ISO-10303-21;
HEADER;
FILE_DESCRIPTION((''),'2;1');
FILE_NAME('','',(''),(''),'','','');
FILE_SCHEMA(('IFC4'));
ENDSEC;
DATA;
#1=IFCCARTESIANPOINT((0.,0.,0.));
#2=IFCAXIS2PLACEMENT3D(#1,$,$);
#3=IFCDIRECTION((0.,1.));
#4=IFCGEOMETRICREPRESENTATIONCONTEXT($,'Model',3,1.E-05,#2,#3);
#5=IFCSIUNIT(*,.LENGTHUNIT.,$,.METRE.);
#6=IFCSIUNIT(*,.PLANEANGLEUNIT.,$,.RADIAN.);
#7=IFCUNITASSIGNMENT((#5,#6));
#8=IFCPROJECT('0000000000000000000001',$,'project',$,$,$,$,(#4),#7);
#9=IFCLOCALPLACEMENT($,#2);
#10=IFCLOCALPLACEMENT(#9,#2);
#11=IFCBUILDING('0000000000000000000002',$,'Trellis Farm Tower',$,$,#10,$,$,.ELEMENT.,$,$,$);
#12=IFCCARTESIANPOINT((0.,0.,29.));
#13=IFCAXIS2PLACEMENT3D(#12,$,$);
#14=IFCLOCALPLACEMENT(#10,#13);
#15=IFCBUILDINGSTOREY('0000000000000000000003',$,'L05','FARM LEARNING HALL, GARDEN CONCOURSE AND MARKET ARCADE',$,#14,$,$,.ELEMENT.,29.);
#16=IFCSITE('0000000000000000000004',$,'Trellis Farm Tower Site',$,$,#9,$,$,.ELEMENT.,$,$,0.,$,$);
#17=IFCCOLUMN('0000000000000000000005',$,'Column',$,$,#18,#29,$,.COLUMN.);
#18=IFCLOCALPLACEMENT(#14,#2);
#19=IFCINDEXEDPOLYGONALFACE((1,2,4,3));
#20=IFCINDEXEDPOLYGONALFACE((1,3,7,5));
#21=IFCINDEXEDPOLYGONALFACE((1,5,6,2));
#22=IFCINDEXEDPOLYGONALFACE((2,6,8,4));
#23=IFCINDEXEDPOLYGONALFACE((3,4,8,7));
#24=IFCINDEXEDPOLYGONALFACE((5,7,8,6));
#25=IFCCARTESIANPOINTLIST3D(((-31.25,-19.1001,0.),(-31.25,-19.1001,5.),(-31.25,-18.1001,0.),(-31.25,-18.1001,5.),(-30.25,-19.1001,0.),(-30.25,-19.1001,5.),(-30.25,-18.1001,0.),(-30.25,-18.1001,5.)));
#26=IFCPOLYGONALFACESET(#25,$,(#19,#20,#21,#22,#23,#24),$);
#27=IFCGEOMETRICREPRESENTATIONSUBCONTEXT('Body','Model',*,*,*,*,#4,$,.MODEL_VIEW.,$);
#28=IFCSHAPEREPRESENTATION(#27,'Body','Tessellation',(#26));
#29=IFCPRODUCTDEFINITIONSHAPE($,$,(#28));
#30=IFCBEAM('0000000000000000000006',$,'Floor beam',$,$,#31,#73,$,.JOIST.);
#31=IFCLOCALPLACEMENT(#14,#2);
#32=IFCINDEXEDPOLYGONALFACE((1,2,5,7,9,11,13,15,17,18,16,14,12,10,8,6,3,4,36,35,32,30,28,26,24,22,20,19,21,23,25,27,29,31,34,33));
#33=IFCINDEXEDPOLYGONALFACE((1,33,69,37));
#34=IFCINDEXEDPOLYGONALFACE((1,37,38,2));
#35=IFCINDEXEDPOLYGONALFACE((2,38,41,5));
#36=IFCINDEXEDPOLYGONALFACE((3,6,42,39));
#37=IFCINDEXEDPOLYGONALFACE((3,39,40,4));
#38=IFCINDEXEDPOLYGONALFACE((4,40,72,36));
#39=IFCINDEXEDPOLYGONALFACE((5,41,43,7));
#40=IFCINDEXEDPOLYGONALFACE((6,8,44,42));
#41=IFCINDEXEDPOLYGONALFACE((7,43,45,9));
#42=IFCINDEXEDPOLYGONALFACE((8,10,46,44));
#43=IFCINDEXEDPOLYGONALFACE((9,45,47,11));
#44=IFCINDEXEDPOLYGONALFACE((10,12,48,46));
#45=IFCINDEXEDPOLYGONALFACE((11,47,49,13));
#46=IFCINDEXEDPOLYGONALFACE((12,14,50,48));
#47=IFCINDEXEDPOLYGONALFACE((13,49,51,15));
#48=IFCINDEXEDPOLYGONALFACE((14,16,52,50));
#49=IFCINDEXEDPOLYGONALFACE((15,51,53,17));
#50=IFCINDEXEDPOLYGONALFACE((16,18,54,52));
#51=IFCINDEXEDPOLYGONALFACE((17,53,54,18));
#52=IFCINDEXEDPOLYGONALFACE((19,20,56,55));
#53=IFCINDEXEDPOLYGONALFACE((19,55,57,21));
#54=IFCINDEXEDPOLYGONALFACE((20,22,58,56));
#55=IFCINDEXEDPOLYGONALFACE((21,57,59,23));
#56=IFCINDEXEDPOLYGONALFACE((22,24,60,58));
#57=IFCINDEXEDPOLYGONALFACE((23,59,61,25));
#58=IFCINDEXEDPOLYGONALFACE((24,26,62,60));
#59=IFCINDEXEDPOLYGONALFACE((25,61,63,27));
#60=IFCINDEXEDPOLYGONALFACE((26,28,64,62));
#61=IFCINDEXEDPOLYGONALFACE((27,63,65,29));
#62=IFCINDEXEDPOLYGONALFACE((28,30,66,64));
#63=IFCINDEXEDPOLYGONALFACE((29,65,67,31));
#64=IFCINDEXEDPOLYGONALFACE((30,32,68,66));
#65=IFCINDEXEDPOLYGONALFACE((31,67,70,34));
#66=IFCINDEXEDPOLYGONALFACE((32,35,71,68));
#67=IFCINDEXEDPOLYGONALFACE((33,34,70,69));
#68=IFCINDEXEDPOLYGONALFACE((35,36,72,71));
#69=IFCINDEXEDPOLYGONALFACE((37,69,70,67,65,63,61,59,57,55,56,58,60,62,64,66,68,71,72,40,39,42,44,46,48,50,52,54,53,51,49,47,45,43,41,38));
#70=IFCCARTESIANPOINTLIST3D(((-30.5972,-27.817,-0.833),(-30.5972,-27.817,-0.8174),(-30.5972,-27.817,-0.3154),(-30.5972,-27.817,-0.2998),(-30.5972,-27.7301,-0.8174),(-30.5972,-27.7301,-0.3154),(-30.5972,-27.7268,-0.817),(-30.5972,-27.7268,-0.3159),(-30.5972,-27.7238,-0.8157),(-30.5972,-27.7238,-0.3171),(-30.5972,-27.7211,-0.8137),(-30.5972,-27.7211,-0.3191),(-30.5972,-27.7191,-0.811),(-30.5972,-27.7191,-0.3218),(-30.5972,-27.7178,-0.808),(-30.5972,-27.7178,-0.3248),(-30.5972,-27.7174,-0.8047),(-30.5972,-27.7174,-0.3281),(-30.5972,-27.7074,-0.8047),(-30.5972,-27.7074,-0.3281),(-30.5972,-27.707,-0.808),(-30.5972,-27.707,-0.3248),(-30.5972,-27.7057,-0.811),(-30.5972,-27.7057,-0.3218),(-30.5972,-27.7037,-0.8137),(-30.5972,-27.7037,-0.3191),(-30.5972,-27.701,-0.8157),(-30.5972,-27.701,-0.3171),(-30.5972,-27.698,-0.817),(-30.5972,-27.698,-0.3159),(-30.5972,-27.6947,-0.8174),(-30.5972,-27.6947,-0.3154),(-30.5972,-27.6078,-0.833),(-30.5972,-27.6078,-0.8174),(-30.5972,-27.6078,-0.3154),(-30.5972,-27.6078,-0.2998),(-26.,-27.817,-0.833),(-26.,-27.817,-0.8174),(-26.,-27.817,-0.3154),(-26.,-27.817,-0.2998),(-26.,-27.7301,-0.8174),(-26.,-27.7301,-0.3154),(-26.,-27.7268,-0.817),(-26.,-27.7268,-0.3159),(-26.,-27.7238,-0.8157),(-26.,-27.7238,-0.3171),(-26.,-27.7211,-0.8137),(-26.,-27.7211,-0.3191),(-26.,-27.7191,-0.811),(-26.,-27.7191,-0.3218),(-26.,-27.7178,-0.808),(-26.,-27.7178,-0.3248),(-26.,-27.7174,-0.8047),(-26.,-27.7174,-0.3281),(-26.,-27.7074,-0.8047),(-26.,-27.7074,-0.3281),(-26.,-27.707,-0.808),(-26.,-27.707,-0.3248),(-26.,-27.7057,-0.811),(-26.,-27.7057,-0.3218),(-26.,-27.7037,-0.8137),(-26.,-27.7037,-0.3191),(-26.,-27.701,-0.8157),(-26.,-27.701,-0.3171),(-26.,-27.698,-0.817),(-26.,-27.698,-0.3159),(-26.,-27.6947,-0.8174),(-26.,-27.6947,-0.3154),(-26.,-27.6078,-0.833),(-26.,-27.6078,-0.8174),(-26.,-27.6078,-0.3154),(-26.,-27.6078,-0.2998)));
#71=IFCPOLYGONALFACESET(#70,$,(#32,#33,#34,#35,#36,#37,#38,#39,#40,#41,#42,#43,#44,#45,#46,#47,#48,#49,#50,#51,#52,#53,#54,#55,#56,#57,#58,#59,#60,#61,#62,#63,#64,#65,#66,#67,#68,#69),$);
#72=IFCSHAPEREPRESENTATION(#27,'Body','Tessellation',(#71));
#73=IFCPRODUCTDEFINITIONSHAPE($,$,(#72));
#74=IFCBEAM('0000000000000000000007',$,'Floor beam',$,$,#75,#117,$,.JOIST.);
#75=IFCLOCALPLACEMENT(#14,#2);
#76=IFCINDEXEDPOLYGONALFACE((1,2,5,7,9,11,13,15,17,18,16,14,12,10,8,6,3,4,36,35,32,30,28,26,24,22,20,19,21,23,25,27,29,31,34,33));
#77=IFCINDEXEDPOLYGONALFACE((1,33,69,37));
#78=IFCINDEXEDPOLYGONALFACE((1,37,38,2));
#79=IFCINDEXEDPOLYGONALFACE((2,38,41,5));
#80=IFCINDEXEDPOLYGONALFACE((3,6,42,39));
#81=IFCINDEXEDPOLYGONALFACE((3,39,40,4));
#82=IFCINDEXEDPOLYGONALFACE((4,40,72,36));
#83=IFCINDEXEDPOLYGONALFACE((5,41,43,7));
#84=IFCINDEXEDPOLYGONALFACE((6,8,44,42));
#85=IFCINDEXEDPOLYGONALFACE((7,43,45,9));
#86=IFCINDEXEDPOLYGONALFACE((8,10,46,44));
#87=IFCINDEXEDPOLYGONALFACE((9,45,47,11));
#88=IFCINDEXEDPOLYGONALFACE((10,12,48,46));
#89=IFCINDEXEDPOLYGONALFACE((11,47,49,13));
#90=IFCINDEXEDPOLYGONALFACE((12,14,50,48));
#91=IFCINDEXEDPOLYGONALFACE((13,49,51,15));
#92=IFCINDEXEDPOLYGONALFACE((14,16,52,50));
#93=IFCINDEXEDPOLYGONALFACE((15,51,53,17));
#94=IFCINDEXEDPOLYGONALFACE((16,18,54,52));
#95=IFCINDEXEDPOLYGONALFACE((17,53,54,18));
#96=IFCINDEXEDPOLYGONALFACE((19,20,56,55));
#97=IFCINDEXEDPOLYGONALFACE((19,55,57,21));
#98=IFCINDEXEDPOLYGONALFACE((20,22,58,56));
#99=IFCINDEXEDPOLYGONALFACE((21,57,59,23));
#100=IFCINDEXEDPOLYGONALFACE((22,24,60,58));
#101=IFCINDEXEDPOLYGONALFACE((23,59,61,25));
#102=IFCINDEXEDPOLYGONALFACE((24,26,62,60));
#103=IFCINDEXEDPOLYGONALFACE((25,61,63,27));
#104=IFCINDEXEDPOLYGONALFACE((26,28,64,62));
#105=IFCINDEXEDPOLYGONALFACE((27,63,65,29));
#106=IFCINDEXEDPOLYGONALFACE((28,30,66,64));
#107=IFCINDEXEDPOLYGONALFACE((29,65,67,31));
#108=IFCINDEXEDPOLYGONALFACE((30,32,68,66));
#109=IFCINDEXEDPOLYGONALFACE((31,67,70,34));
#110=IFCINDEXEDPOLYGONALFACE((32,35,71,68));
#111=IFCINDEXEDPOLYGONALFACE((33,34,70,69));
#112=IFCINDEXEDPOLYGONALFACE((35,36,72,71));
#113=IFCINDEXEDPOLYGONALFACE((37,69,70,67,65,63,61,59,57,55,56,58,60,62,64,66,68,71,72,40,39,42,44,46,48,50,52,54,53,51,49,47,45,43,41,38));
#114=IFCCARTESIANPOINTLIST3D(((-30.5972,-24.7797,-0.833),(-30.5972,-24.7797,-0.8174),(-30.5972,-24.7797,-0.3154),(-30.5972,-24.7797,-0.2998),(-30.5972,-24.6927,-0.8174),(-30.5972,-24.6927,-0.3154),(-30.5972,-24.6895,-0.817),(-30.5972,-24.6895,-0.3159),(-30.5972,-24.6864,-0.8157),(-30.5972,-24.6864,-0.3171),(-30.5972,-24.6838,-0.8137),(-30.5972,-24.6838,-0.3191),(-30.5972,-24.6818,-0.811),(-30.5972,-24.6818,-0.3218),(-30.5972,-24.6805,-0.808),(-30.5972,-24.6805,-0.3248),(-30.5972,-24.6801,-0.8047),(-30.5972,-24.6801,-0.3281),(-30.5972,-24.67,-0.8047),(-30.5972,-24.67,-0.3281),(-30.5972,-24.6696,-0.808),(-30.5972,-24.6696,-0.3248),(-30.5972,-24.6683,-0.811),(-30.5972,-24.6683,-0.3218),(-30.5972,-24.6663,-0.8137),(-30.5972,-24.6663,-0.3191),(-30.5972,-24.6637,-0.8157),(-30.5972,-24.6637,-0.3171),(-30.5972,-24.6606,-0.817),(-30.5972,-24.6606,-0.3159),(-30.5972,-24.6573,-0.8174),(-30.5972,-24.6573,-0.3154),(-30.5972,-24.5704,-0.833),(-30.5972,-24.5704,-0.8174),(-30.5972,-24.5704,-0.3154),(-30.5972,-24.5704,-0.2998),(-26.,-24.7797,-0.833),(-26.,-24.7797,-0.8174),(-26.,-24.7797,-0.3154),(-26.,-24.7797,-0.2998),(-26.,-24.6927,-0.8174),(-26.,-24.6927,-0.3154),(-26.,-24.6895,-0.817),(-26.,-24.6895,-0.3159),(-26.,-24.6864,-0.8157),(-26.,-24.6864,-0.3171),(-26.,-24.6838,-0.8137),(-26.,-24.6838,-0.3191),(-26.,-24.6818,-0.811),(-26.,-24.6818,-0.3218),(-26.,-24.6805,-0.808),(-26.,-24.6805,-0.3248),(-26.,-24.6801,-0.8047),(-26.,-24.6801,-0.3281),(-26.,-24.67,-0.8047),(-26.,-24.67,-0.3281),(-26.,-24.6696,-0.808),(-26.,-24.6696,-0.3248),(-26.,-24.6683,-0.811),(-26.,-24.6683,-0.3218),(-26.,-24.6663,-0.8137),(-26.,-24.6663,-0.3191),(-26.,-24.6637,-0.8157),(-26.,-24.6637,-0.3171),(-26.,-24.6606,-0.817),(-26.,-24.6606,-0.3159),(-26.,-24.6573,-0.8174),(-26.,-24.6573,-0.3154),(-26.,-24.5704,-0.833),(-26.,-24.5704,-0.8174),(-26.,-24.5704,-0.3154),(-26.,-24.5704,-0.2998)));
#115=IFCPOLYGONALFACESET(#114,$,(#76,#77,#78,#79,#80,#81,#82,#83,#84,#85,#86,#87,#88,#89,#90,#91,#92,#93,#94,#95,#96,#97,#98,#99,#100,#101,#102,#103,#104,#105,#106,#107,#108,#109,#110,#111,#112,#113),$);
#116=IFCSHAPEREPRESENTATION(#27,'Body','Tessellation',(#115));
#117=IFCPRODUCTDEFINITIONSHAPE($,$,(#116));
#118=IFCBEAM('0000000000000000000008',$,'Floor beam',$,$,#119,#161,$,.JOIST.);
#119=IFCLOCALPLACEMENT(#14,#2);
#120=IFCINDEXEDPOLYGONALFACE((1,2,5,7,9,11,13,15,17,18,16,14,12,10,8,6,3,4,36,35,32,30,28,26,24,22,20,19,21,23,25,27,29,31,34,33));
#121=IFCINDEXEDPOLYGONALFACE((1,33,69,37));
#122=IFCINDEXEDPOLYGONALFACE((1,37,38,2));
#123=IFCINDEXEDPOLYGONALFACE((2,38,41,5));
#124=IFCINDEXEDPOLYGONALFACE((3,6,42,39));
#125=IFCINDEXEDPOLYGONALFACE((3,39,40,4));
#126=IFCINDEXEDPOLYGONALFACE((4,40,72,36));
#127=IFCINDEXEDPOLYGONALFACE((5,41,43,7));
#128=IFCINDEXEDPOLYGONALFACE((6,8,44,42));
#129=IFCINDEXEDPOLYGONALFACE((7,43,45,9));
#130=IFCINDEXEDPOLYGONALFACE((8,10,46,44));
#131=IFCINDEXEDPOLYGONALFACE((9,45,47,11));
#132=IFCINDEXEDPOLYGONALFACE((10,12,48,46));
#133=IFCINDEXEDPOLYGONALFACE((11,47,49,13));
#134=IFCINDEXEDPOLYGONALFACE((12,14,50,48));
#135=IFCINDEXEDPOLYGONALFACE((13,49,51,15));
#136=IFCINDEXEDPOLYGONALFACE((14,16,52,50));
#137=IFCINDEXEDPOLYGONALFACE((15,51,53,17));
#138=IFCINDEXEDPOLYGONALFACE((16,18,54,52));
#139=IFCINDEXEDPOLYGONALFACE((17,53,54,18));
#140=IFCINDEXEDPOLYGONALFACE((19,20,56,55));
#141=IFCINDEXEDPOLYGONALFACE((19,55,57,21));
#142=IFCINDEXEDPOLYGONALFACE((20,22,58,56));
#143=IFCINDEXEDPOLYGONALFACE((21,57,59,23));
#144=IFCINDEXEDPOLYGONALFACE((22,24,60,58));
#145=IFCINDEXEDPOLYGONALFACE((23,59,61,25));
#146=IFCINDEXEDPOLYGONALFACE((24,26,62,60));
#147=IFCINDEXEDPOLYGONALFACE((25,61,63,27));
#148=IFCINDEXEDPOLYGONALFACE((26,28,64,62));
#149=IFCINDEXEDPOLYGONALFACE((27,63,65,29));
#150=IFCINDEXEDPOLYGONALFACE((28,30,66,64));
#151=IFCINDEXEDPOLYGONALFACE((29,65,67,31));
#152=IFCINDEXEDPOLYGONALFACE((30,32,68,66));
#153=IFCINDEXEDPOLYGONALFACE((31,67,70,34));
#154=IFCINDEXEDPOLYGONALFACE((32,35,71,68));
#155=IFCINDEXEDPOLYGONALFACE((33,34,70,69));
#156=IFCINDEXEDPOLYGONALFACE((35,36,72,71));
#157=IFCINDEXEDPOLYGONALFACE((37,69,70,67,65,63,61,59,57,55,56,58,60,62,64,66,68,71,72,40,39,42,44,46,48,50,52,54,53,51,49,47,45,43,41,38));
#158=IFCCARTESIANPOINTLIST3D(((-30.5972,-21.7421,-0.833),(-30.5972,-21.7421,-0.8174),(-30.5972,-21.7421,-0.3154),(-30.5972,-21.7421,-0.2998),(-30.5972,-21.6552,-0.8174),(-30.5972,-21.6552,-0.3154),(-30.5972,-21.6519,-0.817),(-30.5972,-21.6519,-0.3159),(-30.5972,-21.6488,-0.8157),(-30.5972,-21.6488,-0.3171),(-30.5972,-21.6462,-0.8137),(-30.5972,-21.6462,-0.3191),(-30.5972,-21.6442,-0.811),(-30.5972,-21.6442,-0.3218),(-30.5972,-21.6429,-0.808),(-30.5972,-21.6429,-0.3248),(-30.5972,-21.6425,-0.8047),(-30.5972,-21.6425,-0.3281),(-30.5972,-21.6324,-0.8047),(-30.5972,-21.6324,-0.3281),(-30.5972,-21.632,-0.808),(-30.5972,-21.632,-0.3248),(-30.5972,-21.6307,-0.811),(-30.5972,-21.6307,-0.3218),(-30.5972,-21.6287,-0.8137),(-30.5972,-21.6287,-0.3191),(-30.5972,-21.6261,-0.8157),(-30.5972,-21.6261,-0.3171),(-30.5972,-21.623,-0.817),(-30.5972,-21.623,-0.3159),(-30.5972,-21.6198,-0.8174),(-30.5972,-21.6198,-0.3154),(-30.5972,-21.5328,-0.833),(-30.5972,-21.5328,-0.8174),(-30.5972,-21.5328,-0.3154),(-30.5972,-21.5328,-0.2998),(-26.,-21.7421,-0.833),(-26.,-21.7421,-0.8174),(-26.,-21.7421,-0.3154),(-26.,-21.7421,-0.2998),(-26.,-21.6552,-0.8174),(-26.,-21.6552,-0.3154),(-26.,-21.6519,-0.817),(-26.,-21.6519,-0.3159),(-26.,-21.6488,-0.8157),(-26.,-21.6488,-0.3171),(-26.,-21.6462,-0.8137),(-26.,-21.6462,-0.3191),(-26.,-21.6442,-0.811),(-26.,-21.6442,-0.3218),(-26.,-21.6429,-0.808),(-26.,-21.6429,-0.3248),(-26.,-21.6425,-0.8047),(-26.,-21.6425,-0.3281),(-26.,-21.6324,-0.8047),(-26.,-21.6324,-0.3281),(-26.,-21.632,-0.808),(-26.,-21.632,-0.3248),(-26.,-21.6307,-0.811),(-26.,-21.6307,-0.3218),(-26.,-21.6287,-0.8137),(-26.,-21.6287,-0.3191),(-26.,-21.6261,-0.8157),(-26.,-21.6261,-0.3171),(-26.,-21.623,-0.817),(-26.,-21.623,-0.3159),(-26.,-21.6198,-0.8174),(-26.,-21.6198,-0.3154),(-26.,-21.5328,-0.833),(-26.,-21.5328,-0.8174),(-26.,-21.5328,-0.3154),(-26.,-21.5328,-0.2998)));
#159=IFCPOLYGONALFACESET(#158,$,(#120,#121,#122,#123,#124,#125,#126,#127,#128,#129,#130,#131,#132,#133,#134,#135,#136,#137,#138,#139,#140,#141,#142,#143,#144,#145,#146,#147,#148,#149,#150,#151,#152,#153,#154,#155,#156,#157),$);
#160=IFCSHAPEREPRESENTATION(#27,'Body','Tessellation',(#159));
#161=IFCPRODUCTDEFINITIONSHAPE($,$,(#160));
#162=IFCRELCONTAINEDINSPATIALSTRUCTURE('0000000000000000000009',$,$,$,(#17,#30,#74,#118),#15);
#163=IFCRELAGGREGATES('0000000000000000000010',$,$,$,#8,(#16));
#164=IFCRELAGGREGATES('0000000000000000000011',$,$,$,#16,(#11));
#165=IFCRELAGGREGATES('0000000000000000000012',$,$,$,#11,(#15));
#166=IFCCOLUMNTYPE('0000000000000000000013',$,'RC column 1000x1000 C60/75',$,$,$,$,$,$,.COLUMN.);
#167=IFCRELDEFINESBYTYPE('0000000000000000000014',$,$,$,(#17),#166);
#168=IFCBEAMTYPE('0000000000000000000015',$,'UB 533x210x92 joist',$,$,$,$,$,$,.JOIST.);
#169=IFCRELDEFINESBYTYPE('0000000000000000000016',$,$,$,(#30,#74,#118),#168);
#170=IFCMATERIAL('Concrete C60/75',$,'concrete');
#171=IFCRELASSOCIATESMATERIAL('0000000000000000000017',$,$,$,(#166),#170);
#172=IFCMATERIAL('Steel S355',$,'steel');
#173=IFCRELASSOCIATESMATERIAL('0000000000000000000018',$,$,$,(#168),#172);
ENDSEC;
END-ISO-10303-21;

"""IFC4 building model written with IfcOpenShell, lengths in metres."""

from ifc_helpers import new_model, si_unit, direction, frame, origin, origin_2d, place, context, subcontext, project, spatial, rectangle, i_section, extrude, source, transform, mapped, material, material_profile, profile_set, type_object, element, save


model = new_model("IFC4")

# Units and contexts
model_context = context("Model", 3, precision=1e-05, world=origin(), true_north=direction((0.0, 1.0)))
body_context = subcontext(model_context, "Body", "Model", "MODEL_VIEW")
ifc_project = project(units=[si_unit("LENGTHUNIT", "METRE"), si_unit("PLANEANGLEUNIT", "RADIAN")], contexts=[model_context])

# Site, building, storey
site_placement = place(None, origin())
site = spatial("IfcSite", under=ifc_project, at=site_placement, Name="Trellis Farm Tower Site", CompositionType="ELEMENT", RefElevation=0.0)
building_placement = place(site_placement, origin())
building = spatial("IfcBuilding", under=site, at=building_placement, Name="Trellis Farm Tower", CompositionType="ELEMENT")
storey_placement = place(building_placement, frame((0.0, 0.0, 29.0)))
storey = spatial("IfcBuildingStorey", under=building, at=storey_placement, Name="L05", Description="FARM LEARNING HALL, GARDEN CONCOURSE AND MARKET ARCADE", CompositionType="ELEMENT", Elevation=29.0)

# Column
ifc_material_1 = material(Name="Concrete C60/75", Category="concrete")
ifc_material_profile_1 = material_profile(ifc_material_1, rectangle(XDim=1.0, YDim=1.0, at=origin_2d()), Name="RC column 1000x1000 C60/75")
ifc_profile_set_1 = profile_set([ifc_material_profile_1], Name="Concrete C60/75")
column_type = type_object("IfcColumnType", Name="RC column 1000x1000 C60/75", PredefinedType="COLUMN", material=ifc_profile_set_1)
shared_shape_1 = source(origin(), body_context, "Body", "SweptSolid", [
    extrude(rectangle(XDim=1.0, YDim=1.0, at=origin_2d()), origin(), (0.0, 0.0, 1.0), 5.0),
])
column_placement = place(storey_placement, frame((-30.75, -18.6001, 0.0), z_axis=(0.0, 0.0, 1.0), x_axis=(1.0, 0.0, 0.0)))
element("IfcColumn", 1, at=column_placement, inside=storey, type_object=column_type, Name="Column", PredefinedType="COLUMN", context=body_context, shape_type="MappedRepresentation", body=[
    mapped(shared_shape_1, transform((0.0, 0.0, 0.0))),
])

# Beams
ifc_material_2 = material(Name="Steel S355", Category="steel")
ifc_material_profile_2 = material_profile(ifc_material_2, i_section(OverallWidth=0.2092, OverallDepth=0.5332, WebThickness=0.01, FlangeThickness=0.0156, FilletRadius=0.0127, at=origin_2d()), Name="UB 533x210x92")
ifc_profile_set_2 = profile_set([ifc_material_profile_2], Name="Steel S355")
beam_type_1 = type_object("IfcBeamType", Name="UB 533x210x92 joist", PredefinedType="JOIST", material=ifc_profile_set_2)
shared_shape_2 = source(origin(), body_context, "Body", "SweptSolid", [
    extrude(i_section(OverallWidth=0.2092, OverallDepth=0.5332, WebThickness=0.01, FlangeThickness=0.0156, FilletRadius=0.0127, at=origin_2d()), origin(), (0.0, 0.0, 1.0), 4.5972),
])
for number, where, z_axis, x_axis, name in (
    (2, (-30.5972, -27.7124, -0.5664), (1.0, 0.0, 0.0), (0.0, 1.0, 0.0), "Floor beam"),
    (3, (-30.5972, -24.675, -0.5664), (1.0, 0.0, 0.0), (0.0, 1.0, 0.0), "Floor beam"),
    (4, (-30.5972, -21.6375, -0.5664), (1.0, 0.0, 0.0), (0.0, 1.0, 0.0), "Floor beam"),
):
    element("IfcBeam", number, at=place(storey_placement, frame(where, z_axis=z_axis, x_axis=x_axis)), inside=storey, type_object=beam_type_1, Name=name, PredefinedType="JOIST", context=body_context, shape_type="MappedRepresentation", body=[
        mapped(shared_shape_2, transform((0.0, 0.0, 0.0))),
    ])

save(model, "model.ifc")
